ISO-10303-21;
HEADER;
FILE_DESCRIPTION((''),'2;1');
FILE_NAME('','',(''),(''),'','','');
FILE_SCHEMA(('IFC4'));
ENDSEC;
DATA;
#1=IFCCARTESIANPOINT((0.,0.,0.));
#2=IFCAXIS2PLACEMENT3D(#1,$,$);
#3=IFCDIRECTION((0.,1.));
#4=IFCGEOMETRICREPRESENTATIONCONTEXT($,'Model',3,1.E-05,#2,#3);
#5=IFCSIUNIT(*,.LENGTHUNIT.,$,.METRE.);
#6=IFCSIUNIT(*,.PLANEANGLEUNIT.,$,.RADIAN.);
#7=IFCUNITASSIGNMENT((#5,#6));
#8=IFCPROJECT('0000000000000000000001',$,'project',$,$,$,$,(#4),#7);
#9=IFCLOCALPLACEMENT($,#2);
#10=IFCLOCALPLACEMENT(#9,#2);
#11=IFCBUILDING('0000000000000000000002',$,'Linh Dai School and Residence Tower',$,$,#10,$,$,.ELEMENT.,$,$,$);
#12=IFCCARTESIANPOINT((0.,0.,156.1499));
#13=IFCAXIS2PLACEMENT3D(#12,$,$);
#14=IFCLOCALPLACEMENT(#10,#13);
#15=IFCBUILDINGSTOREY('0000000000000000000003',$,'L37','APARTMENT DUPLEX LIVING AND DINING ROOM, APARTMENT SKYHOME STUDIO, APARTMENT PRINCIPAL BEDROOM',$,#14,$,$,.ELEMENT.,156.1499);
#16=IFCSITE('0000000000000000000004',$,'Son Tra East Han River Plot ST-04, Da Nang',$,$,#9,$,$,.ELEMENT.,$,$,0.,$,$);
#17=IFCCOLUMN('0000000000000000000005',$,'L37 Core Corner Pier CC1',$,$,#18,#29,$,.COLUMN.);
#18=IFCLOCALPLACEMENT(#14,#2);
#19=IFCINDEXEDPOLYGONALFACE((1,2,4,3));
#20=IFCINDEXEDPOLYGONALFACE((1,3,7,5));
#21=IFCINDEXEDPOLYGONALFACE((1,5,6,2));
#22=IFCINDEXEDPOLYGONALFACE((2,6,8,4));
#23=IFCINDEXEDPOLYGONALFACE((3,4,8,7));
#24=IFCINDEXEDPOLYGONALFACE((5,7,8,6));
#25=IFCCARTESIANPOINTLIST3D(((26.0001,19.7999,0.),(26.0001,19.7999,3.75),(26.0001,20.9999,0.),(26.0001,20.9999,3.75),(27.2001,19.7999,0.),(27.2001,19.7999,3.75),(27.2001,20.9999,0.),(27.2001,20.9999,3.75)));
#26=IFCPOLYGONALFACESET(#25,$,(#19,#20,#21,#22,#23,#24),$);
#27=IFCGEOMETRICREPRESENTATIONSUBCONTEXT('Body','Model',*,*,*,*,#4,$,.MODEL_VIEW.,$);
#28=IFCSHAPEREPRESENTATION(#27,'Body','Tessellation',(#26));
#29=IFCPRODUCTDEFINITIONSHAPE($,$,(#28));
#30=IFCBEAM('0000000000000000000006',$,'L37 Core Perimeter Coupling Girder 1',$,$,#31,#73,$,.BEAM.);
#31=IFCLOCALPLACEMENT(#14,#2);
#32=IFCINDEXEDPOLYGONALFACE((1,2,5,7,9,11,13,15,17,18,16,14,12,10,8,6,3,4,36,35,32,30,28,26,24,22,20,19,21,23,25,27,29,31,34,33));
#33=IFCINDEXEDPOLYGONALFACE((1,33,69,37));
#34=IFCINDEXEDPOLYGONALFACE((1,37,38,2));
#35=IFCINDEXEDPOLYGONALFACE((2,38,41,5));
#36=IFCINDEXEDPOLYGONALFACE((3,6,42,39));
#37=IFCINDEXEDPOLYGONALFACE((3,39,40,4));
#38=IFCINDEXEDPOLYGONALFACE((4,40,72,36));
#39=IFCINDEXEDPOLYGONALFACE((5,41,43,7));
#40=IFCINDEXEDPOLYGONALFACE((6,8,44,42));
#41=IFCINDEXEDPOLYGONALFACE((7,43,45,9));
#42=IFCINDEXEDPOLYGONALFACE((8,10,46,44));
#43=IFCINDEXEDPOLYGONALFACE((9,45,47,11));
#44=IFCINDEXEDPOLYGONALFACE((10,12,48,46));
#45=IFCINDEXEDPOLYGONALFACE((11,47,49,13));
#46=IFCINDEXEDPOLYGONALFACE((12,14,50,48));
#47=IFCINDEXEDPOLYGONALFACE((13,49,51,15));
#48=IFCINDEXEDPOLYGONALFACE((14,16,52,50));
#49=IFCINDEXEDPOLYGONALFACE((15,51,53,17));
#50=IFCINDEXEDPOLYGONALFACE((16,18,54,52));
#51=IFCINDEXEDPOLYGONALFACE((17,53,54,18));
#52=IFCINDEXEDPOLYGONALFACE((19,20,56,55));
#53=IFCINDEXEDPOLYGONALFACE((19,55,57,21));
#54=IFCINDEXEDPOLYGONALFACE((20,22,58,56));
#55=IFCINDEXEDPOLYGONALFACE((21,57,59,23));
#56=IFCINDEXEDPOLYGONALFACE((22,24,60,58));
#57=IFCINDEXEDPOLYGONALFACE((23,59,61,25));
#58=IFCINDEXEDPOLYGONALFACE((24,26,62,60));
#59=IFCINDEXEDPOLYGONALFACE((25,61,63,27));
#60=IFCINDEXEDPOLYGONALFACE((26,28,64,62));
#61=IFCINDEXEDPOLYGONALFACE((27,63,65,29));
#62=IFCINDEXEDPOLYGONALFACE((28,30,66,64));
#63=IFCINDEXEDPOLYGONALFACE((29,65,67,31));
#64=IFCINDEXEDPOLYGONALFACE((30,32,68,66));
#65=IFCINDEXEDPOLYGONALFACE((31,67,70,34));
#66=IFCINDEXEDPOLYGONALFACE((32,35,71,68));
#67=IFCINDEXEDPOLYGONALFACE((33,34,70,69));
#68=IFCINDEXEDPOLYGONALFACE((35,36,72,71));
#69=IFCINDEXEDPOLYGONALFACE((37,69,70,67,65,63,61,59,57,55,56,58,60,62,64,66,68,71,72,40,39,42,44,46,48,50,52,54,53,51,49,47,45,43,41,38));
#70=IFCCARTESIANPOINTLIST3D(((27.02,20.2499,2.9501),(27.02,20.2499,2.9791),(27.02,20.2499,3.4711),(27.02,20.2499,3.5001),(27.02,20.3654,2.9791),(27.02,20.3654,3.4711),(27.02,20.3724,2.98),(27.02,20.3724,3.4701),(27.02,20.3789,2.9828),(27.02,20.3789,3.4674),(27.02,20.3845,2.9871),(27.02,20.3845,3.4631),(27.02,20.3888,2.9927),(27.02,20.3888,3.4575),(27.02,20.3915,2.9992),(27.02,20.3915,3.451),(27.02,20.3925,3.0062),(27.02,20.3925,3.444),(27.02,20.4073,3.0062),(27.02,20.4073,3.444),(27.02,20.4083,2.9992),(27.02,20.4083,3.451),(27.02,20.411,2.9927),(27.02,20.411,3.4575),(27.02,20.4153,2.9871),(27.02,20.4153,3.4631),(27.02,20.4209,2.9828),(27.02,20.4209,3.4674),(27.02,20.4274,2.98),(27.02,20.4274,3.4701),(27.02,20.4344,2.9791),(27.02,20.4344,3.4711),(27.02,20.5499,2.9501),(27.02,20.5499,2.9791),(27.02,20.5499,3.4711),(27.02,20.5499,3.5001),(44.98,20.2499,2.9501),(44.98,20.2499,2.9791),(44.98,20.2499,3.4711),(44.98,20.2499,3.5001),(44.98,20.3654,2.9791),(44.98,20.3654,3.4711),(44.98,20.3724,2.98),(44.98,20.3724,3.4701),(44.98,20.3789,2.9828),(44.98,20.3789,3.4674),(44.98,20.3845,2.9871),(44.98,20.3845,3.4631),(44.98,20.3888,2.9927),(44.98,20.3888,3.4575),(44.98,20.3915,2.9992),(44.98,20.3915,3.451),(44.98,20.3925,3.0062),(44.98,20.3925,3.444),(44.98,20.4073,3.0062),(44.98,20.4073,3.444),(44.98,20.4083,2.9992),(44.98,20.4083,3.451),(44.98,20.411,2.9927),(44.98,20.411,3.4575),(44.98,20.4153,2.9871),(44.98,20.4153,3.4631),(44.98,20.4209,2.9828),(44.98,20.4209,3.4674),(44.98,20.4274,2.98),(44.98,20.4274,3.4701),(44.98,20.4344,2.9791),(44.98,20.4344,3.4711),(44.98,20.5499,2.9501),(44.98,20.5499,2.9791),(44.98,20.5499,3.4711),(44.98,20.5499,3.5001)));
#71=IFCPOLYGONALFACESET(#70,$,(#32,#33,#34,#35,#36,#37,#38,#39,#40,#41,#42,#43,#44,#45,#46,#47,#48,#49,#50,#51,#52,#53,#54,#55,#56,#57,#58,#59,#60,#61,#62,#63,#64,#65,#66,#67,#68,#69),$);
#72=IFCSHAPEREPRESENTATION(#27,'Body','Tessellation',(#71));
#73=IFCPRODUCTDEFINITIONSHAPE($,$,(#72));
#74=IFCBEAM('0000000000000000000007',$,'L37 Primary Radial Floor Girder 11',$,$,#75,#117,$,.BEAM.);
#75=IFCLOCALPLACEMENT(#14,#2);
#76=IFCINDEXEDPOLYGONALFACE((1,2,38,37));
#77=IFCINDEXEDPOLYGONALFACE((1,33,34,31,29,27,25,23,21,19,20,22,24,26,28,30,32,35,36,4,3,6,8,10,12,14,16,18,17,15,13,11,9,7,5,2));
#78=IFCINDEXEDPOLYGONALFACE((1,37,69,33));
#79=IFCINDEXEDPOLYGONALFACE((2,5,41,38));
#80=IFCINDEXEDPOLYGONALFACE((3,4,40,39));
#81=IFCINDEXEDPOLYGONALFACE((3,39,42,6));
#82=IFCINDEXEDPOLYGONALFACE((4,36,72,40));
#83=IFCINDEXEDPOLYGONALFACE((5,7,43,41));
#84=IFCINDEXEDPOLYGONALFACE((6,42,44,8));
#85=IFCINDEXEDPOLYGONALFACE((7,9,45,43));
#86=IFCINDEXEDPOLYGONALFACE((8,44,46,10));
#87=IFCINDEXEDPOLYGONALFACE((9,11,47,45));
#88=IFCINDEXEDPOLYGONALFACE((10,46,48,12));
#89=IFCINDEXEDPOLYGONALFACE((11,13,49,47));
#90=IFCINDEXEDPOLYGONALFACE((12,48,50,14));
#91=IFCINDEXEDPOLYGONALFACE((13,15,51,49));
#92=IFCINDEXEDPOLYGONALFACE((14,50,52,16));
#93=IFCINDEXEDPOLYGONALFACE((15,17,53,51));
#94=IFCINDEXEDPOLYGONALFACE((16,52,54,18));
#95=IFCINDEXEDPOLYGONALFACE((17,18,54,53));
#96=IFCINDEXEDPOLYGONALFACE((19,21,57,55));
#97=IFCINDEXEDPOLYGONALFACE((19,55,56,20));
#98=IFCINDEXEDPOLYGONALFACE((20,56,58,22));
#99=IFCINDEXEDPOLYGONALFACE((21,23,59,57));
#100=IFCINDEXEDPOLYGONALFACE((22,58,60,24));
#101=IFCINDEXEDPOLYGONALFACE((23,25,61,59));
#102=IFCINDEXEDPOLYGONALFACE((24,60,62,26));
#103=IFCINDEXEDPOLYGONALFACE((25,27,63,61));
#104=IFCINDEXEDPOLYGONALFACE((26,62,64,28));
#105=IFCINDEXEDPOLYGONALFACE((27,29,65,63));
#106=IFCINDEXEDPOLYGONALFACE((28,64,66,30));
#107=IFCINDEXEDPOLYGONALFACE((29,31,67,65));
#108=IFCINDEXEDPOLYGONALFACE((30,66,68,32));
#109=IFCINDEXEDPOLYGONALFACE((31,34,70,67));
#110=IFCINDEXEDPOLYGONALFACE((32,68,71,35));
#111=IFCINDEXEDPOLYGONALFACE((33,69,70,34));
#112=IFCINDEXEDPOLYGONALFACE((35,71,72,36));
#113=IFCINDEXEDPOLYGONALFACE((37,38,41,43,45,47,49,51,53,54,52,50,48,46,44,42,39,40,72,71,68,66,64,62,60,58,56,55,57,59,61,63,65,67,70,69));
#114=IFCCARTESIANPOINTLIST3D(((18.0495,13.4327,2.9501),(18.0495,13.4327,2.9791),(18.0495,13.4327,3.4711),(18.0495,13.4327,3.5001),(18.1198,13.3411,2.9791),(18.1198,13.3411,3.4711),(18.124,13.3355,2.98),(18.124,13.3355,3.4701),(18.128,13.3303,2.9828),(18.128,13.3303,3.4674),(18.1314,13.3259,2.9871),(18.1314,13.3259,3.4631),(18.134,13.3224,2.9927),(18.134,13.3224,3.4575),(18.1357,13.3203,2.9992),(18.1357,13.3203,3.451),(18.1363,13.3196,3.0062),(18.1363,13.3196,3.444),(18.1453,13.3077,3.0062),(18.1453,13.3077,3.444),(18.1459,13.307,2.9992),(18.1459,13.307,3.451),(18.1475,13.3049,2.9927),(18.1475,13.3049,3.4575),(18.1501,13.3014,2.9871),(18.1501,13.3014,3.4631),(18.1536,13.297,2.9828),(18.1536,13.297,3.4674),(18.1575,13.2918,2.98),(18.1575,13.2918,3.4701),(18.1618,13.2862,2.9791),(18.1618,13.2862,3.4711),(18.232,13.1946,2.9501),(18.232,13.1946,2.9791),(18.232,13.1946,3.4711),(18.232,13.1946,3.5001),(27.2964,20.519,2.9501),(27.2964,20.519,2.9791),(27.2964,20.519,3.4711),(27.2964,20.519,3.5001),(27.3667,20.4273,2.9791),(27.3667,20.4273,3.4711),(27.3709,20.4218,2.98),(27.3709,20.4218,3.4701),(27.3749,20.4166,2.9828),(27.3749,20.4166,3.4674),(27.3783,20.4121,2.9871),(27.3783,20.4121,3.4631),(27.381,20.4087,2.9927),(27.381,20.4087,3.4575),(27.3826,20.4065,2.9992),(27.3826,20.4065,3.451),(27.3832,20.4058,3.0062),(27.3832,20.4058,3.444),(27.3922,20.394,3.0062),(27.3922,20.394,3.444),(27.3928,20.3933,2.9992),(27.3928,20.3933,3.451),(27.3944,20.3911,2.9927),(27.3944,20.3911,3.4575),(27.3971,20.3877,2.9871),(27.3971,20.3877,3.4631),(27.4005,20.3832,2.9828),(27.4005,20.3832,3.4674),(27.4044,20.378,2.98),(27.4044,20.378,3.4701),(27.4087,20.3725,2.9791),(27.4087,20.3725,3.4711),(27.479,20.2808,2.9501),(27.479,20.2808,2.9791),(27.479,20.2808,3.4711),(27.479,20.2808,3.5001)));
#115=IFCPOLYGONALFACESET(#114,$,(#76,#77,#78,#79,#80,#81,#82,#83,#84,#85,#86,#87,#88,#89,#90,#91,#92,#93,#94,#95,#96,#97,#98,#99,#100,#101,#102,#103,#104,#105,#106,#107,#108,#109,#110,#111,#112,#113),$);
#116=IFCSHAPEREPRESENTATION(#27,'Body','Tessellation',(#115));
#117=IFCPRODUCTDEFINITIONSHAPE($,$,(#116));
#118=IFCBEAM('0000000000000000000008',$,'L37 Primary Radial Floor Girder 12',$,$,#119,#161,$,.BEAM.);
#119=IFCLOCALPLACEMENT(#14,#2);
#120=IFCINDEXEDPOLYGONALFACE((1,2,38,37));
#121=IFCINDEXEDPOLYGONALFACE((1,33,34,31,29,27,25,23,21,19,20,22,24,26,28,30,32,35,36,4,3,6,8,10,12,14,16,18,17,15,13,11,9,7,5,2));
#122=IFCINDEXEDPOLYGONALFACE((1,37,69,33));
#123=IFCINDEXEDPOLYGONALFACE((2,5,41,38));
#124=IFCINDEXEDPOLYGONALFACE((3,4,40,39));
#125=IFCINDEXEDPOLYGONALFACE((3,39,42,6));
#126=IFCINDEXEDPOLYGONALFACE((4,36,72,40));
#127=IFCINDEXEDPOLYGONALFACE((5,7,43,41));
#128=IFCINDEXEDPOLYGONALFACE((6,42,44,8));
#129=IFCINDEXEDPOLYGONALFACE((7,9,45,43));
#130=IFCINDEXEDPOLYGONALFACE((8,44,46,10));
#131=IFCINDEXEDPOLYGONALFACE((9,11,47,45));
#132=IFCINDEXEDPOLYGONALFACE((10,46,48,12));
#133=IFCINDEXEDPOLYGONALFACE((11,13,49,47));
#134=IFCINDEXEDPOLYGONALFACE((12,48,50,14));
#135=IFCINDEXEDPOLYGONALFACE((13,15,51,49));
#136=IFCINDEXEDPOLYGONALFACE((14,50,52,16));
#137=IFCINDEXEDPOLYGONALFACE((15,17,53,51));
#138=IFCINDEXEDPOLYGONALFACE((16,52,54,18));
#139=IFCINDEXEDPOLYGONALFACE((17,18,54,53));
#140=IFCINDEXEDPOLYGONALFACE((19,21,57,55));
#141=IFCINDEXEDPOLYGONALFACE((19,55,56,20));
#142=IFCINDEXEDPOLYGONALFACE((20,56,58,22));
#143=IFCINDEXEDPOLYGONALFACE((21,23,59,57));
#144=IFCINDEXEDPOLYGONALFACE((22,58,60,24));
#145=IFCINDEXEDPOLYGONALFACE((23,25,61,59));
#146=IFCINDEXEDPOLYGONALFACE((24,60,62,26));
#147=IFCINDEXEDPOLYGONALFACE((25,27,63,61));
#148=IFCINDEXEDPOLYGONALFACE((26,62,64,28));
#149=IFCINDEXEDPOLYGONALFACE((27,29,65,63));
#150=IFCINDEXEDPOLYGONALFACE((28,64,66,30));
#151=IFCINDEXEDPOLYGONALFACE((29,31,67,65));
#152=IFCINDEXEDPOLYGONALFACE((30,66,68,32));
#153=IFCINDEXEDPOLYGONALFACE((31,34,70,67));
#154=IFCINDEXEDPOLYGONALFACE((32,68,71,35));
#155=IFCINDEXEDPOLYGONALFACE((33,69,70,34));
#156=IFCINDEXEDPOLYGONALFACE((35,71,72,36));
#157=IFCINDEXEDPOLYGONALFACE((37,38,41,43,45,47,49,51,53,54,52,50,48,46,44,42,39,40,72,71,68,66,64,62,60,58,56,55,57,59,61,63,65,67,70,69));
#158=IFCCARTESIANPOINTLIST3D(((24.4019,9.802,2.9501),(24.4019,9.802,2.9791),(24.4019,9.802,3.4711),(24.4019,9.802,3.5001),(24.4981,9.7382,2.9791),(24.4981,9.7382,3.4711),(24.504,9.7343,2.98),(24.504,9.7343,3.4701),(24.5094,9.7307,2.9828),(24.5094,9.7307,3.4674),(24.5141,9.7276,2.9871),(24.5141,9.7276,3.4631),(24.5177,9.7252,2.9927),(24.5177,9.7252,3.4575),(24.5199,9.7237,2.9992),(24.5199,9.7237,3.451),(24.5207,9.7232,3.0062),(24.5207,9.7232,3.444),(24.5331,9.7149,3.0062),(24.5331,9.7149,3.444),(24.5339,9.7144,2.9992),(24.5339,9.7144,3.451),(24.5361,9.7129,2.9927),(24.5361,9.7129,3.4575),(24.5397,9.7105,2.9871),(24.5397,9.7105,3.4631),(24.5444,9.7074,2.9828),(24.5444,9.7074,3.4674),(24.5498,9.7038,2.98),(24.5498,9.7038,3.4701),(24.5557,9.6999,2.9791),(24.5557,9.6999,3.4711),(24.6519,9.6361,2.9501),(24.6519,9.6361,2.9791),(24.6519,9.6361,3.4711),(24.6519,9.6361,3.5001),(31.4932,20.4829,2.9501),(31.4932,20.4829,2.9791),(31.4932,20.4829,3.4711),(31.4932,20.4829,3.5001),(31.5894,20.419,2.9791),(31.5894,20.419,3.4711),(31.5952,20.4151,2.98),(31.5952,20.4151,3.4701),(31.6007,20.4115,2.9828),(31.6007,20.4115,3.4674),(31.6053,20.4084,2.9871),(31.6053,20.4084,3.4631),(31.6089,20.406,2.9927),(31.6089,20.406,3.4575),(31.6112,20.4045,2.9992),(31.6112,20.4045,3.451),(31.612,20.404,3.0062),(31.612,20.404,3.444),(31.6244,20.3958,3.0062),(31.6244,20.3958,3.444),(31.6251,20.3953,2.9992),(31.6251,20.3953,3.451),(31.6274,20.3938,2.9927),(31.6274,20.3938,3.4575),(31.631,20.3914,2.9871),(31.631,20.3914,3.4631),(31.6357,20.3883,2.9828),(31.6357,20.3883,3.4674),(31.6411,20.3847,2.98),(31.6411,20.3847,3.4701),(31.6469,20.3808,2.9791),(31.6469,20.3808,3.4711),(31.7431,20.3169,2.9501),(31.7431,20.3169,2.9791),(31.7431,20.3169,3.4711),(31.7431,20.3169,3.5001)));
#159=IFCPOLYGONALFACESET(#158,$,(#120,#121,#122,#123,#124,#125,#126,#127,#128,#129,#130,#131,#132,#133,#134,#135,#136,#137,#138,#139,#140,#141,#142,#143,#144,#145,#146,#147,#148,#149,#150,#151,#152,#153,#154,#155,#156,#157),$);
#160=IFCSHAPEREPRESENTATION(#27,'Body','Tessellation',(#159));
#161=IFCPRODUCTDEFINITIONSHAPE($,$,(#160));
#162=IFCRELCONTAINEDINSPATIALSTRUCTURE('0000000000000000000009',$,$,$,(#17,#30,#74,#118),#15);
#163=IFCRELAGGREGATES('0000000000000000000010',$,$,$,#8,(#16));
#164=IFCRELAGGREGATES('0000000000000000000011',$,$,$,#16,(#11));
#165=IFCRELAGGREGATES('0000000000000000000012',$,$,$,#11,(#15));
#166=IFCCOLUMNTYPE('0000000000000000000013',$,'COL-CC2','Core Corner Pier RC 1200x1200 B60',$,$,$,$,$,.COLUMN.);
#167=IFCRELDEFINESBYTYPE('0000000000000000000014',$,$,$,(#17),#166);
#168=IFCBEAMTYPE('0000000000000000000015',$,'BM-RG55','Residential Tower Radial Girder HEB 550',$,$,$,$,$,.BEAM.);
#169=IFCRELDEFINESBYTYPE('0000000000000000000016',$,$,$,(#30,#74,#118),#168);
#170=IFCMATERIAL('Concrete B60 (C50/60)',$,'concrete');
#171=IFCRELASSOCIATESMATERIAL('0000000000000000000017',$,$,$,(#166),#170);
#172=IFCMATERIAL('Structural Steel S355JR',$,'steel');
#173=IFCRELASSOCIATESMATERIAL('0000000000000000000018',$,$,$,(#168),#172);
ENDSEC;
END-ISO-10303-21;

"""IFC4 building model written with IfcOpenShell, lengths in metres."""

from ifc_helpers import new_model, si_unit, direction, frame, origin, origin_2d, place, context, subcontext, project, spatial, rectangle, i_section, extrude, material, material_profile, profile_set, type_object, element, save


model = new_model("IFC4")

# Units and contexts
model_context = context("Model", 3, precision=1e-05, world=origin(), true_north=direction((0.0, 1.0)))
body_context = subcontext(model_context, "Body", "Model", "MODEL_VIEW")
ifc_project = project(units=[si_unit("LENGTHUNIT", "METRE"), si_unit("PLANEANGLEUNIT", "RADIAN")], contexts=[model_context])

# Site, building, storey
site_placement = place(None, origin())
site = spatial("IfcSite", under=ifc_project, at=site_placement, Name="Son Tra East Han River Plot ST-04, Da Nang", CompositionType="ELEMENT", RefElevation=0.0)
building_placement = place(site_placement, origin())
building = spatial("IfcBuilding", under=site, at=building_placement, Name="Linh Dai School and Residence Tower", CompositionType="ELEMENT")
storey_placement = place(building_placement, frame((0.0, 0.0, 156.1499)))
storey = spatial("IfcBuildingStorey", under=building, at=storey_placement, Name="L37", Description="APARTMENT DUPLEX LIVING AND DINING ROOM, APARTMENT SKYHOME STUDIO, APARTMENT PRINCIPAL BEDROOM", CompositionType="ELEMENT", Elevation=156.1499)

# Column
ifc_material_1 = material(Name="Concrete B60 (C50/60)", Category="concrete")
ifc_material_profile_1 = material_profile(ifc_material_1, rectangle(XDim=1.2, YDim=1.2, at=origin_2d()), Name="RC 1200x1200")
ifc_profile_set_1 = profile_set([ifc_material_profile_1], Name="Concrete B60 (C50/60)")
column_type = type_object("IfcColumnType", Name="COL-CC2", Description="Core Corner Pier RC 1200x1200 B60", PredefinedType="COLUMN", material=ifc_profile_set_1)
column_placement = place(storey_placement, frame((26.6001, 20.3999, 0.0), z_axis=(0.0, 0.0, 1.0), x_axis=(1.0, 0.0, 0.0)))
element("IfcColumn", 1, at=column_placement, inside=storey, type_object=column_type, Name="L37 Core Corner Pier CC1", PredefinedType="COLUMN", context=body_context, shape_type="SweptSolid", body=[
    extrude(rectangle(XDim=1.2, YDim=1.2, at=origin_2d()), origin(), (0.0, 0.0, 1.0), 3.75),
])

# Beams
ifc_material_2 = material(Name="Structural Steel S355JR", Category="steel")
ifc_material_profile_2 = material_profile(ifc_material_2, i_section(OverallWidth=0.3, OverallDepth=0.55, WebThickness=0.0149, FlangeThickness=0.0291, FilletRadius=0.0271, at=origin_2d()), Name="HEB 550")
ifc_profile_set_2 = profile_set([ifc_material_profile_2], Name="Structural Steel S355JR")
beam_type_1 = type_object("IfcBeamType", Name="BM-RG55", Description="Residential Tower Radial Girder HEB 550", PredefinedType="BEAM", material=ifc_profile_set_2)
beam_1_placement = place(storey_placement, frame((27.02, 20.3999, 3.2251), z_axis=(1.0, 0.0, 0.0), x_axis=(0.0, 1.0, 0.0)))
element("IfcBeam", 2, at=beam_1_placement, inside=storey, type_object=beam_type_1, Name="L37 Core Perimeter Coupling Girder 1", PredefinedType="BEAM", context=body_context, shape_type="SweptSolid", body=[
    extrude(i_section(OverallWidth=0.3, OverallDepth=0.55, WebThickness=0.0149, FlangeThickness=0.0291, FilletRadius=0.0271, at=origin_2d()), origin(), (0.0, 0.0, 1.0), 17.96),
])
beam_2_placement = place(storey_placement, frame((27.3877, 20.3999, 3.2251), z_axis=(-0.793733, -0.608267, 0.0), x_axis=(0.608267, -0.793733, 0.0)))
element("IfcBeam", 3, at=beam_2_placement, inside=storey, type_object=beam_type_1, Name="L37 Primary Radial Floor Girder 11", PredefinedType="BEAM", context=body_context, shape_type="SweptSolid", body=[
    extrude(i_section(OverallWidth=0.3, OverallDepth=0.55, WebThickness=0.0149, FlangeThickness=0.0291, FilletRadius=0.0271, at=origin_2d()), origin(), (0.0, 0.0, 1.0), 11.6499),
])
beam_3_placement = place(storey_placement, frame((31.6182, 20.3999, 3.2251), z_axis=(-0.553117, -0.833103, 0.0), x_axis=(0.833103, -0.553117, 0.0)))
element("IfcBeam", 4, at=beam_3_placement, inside=storey, type_object=beam_type_1, Name="L37 Primary Radial Floor Girder 12", PredefinedType="BEAM", context=body_context, shape_type="SweptSolid", body=[
    extrude(i_section(OverallWidth=0.3, OverallDepth=0.55, WebThickness=0.0149, FlangeThickness=0.0291, FilletRadius=0.0271, at=origin_2d()), origin(), (0.0, 0.0, 1.0), 12.8206),
])

save(model, "model.ifc")
